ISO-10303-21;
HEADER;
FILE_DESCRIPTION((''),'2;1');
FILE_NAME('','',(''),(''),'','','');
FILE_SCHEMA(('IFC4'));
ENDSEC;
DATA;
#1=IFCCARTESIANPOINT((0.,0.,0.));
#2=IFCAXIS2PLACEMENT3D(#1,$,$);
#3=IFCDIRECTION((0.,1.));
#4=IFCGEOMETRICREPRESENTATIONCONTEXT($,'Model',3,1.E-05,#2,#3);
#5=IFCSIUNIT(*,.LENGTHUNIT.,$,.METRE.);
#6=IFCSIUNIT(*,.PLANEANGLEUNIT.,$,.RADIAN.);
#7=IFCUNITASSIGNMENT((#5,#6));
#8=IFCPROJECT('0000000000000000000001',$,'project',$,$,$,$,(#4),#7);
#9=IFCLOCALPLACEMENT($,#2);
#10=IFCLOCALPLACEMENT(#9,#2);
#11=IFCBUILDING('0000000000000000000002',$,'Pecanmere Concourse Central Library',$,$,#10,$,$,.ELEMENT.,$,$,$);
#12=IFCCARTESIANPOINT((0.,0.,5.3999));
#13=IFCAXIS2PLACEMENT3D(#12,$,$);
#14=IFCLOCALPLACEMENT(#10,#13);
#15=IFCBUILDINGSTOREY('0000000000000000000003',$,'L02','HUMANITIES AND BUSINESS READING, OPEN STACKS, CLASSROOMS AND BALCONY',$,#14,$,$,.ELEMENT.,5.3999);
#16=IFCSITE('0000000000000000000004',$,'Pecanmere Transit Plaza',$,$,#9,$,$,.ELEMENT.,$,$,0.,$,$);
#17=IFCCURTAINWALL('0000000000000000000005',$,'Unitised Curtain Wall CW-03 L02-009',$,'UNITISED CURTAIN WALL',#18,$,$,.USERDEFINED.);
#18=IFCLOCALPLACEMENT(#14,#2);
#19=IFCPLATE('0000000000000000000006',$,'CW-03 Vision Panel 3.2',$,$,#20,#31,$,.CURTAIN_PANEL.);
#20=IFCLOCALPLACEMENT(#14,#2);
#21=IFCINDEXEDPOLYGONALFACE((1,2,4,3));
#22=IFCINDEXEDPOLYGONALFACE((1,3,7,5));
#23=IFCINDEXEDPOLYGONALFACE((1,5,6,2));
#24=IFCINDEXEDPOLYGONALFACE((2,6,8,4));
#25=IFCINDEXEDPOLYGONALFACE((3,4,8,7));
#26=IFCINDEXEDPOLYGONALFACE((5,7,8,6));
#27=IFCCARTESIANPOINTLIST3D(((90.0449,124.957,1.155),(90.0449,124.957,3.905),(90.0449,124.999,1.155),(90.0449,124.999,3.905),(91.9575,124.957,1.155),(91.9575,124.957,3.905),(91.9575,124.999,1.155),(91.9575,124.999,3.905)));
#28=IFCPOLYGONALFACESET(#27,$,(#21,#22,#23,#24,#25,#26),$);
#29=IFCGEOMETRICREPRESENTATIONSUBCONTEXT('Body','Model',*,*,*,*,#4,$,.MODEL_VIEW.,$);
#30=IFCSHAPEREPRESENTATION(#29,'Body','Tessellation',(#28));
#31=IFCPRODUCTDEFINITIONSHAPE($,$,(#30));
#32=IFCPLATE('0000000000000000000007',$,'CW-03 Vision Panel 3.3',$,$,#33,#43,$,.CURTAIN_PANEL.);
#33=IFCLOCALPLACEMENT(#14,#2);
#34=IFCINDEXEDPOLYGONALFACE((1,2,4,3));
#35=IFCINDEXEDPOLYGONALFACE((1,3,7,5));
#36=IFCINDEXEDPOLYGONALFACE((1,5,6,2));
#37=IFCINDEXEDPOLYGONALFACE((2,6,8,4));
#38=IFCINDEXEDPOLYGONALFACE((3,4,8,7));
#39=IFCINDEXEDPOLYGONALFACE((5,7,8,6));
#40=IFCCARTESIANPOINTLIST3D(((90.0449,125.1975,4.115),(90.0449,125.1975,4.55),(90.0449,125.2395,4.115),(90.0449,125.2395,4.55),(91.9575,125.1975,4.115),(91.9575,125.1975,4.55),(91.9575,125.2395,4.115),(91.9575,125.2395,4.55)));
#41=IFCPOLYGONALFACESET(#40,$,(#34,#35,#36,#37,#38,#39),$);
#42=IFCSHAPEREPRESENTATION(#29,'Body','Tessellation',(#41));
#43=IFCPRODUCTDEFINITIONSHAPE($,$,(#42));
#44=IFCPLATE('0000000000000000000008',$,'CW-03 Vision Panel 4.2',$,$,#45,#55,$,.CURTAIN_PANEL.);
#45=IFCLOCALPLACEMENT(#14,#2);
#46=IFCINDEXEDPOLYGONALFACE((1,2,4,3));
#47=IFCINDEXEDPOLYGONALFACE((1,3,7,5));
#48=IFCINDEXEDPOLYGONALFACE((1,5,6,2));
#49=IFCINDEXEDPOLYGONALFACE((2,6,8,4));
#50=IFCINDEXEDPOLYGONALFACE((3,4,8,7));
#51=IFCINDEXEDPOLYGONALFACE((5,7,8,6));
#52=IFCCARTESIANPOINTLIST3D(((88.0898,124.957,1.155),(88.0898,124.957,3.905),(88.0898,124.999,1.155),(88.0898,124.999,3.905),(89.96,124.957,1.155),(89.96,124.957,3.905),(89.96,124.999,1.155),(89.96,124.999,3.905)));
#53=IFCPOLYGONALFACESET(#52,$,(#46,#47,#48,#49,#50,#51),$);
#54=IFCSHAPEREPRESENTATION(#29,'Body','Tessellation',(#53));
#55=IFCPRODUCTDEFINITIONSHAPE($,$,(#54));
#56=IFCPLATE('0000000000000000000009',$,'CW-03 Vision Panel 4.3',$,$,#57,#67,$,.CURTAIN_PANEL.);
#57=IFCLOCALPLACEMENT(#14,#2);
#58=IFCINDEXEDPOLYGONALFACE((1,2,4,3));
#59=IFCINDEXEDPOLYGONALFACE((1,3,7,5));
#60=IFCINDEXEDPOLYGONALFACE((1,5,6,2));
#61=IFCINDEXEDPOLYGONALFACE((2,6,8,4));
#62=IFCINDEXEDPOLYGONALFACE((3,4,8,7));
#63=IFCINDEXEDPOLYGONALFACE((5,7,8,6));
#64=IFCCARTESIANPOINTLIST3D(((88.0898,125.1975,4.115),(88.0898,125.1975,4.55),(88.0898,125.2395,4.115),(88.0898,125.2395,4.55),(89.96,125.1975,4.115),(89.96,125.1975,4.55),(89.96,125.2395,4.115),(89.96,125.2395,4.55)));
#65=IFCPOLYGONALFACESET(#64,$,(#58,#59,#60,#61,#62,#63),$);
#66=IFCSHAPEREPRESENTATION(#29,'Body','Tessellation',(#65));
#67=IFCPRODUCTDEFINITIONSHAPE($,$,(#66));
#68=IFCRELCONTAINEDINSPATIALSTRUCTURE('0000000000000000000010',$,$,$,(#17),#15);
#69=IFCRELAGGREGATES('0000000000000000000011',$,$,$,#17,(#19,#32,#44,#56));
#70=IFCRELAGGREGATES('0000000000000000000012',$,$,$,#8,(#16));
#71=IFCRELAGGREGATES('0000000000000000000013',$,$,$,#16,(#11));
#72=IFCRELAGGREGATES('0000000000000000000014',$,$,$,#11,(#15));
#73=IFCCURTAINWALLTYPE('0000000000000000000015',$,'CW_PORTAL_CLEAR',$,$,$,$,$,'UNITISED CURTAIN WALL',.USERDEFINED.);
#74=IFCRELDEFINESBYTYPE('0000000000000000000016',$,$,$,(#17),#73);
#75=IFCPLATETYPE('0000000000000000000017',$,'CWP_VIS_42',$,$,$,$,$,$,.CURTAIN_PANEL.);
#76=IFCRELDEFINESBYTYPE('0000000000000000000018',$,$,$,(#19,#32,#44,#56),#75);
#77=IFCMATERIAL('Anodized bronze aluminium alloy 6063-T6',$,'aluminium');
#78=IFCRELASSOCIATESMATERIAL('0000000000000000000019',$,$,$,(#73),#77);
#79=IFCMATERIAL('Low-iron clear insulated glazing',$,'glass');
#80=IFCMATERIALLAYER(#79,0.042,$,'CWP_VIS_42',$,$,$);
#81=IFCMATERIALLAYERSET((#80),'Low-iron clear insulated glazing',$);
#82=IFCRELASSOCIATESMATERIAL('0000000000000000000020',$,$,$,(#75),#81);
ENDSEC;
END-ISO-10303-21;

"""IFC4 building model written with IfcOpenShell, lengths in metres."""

from ifc_helpers import new_model, si_unit, direction, frame, origin, origin_2d, place, context, subcontext, project, spatial, rectangle, extrude, material, layer, layer_set, type_object, element, aggregate, save


model = new_model("IFC4")

# Units and contexts
model_context = context("Model", 3, precision=1e-05, world=origin(), true_north=direction((0.0, 1.0)))
body_context = subcontext(model_context, "Body", "Model", "MODEL_VIEW")
ifc_project = project(units=[si_unit("LENGTHUNIT", "METRE"), si_unit("PLANEANGLEUNIT", "RADIAN")], contexts=[model_context])

# Site, building, storey
site_placement = place(None, origin())
site = spatial("IfcSite", under=ifc_project, at=site_placement, Name="Pecanmere Transit Plaza", CompositionType="ELEMENT", RefElevation=0.0)
building_placement = place(site_placement, origin())
building = spatial("IfcBuilding", under=site, at=building_placement, Name="Pecanmere Concourse Central Library", CompositionType="ELEMENT")
storey_placement = place(building_placement, frame((0.0, 0.0, 5.3999)))
storey = spatial("IfcBuildingStorey", under=building, at=storey_placement, Name="L02", Description="HUMANITIES AND BUSINESS READING, OPEN STACKS, CLASSROOMS AND BALCONY", CompositionType="ELEMENT", Elevation=5.3999)

# Curtain wall, plates
ifc_material_1 = material(Name="Anodized bronze aluminium alloy 6063-T6", Category="aluminium")
curtain_wall_type = type_object("IfcCurtainWallType", Name="CW_PORTAL_CLEAR", ElementType="UNITISED CURTAIN WALL", PredefinedType="USERDEFINED", material=ifc_material_1)
curtain_wall_placement = place(storey_placement, origin())
curtain_wall = element("IfcCurtainWall", 1, at=curtain_wall_placement, inside=storey, type_object=curtain_wall_type, Name="Unitised Curtain Wall CW-03 L02-009", ObjectType="UNITISED CURTAIN WALL", PredefinedType="USERDEFINED")
ifc_material_2 = material(Name="Low-iron clear insulated glazing", Category="glass")
ifc_layer_1 = layer(ifc_material_2, 0.042, Name="CWP_VIS_42")
ifc_layer_set_1 = layer_set([ifc_layer_1], Name="Low-iron clear insulated glazing")
plate_type_1 = type_object("IfcPlateType", Name="CWP_VIS_42", PredefinedType="CURTAIN_PANEL", material=ifc_layer_set_1)
plate_1_placement = place(storey_placement, frame((91.0012, 124.978, 1.155), z_axis=(0.0, 0.0, 1.0), x_axis=(-1.0, 0.0, 0.0)))
plate_1 = element("IfcPlate", 2, at=plate_1_placement, type_object=plate_type_1, Name="CW-03 Vision Panel 3.2", PredefinedType="CURTAIN_PANEL", context=body_context, shape_type="SweptSolid", body=[
    extrude(rectangle(XDim=1.9126, YDim=0.042, at=origin_2d()), origin(), (0.0, 0.0, 1.0), 2.75),
])
plate_2_placement = place(storey_placement, frame((91.0012, 125.2185, 4.115), z_axis=(0.0, 0.0, 1.0), x_axis=(-1.0, 0.0, 0.0)))
plate_2 = element("IfcPlate", 3, at=plate_2_placement, type_object=plate_type_1, Name="CW-03 Vision Panel 3.3", PredefinedType="CURTAIN_PANEL", context=body_context, shape_type="SweptSolid", body=[
    extrude(rectangle(XDim=1.9126, YDim=0.042, at=origin_2d()), origin(), (0.0, 0.0, 1.0), 0.4351),
])
plate_3_placement = place(storey_placement, frame((89.0249, 124.978, 1.155), z_axis=(0.0, 0.0, 1.0), x_axis=(-1.0, 0.0, 0.0)))
plate_3 = element("IfcPlate", 4, at=plate_3_placement, type_object=plate_type_1, Name="CW-03 Vision Panel 4.2", PredefinedType="CURTAIN_PANEL", context=body_context, shape_type="SweptSolid", body=[
    extrude(rectangle(XDim=1.8701, YDim=0.042, at=origin_2d()), origin(), (0.0, 0.0, 1.0), 2.75),
])
plate_4_placement = place(storey_placement, frame((89.0249, 125.2185, 4.115), z_axis=(0.0, 0.0, 1.0), x_axis=(-1.0, 0.0, 0.0)))
plate_4 = element("IfcPlate", 5, at=plate_4_placement, type_object=plate_type_1, Name="CW-03 Vision Panel 4.3", PredefinedType="CURTAIN_PANEL", context=body_context, shape_type="SweptSolid", body=[
    extrude(rectangle(XDim=1.8701, YDim=0.042, at=origin_2d()), origin(), (0.0, 0.0, 1.0), 0.4351),
])
aggregate(curtain_wall, [plate_1, plate_2, plate_3, plate_4])

save(model, "model.ifc")
